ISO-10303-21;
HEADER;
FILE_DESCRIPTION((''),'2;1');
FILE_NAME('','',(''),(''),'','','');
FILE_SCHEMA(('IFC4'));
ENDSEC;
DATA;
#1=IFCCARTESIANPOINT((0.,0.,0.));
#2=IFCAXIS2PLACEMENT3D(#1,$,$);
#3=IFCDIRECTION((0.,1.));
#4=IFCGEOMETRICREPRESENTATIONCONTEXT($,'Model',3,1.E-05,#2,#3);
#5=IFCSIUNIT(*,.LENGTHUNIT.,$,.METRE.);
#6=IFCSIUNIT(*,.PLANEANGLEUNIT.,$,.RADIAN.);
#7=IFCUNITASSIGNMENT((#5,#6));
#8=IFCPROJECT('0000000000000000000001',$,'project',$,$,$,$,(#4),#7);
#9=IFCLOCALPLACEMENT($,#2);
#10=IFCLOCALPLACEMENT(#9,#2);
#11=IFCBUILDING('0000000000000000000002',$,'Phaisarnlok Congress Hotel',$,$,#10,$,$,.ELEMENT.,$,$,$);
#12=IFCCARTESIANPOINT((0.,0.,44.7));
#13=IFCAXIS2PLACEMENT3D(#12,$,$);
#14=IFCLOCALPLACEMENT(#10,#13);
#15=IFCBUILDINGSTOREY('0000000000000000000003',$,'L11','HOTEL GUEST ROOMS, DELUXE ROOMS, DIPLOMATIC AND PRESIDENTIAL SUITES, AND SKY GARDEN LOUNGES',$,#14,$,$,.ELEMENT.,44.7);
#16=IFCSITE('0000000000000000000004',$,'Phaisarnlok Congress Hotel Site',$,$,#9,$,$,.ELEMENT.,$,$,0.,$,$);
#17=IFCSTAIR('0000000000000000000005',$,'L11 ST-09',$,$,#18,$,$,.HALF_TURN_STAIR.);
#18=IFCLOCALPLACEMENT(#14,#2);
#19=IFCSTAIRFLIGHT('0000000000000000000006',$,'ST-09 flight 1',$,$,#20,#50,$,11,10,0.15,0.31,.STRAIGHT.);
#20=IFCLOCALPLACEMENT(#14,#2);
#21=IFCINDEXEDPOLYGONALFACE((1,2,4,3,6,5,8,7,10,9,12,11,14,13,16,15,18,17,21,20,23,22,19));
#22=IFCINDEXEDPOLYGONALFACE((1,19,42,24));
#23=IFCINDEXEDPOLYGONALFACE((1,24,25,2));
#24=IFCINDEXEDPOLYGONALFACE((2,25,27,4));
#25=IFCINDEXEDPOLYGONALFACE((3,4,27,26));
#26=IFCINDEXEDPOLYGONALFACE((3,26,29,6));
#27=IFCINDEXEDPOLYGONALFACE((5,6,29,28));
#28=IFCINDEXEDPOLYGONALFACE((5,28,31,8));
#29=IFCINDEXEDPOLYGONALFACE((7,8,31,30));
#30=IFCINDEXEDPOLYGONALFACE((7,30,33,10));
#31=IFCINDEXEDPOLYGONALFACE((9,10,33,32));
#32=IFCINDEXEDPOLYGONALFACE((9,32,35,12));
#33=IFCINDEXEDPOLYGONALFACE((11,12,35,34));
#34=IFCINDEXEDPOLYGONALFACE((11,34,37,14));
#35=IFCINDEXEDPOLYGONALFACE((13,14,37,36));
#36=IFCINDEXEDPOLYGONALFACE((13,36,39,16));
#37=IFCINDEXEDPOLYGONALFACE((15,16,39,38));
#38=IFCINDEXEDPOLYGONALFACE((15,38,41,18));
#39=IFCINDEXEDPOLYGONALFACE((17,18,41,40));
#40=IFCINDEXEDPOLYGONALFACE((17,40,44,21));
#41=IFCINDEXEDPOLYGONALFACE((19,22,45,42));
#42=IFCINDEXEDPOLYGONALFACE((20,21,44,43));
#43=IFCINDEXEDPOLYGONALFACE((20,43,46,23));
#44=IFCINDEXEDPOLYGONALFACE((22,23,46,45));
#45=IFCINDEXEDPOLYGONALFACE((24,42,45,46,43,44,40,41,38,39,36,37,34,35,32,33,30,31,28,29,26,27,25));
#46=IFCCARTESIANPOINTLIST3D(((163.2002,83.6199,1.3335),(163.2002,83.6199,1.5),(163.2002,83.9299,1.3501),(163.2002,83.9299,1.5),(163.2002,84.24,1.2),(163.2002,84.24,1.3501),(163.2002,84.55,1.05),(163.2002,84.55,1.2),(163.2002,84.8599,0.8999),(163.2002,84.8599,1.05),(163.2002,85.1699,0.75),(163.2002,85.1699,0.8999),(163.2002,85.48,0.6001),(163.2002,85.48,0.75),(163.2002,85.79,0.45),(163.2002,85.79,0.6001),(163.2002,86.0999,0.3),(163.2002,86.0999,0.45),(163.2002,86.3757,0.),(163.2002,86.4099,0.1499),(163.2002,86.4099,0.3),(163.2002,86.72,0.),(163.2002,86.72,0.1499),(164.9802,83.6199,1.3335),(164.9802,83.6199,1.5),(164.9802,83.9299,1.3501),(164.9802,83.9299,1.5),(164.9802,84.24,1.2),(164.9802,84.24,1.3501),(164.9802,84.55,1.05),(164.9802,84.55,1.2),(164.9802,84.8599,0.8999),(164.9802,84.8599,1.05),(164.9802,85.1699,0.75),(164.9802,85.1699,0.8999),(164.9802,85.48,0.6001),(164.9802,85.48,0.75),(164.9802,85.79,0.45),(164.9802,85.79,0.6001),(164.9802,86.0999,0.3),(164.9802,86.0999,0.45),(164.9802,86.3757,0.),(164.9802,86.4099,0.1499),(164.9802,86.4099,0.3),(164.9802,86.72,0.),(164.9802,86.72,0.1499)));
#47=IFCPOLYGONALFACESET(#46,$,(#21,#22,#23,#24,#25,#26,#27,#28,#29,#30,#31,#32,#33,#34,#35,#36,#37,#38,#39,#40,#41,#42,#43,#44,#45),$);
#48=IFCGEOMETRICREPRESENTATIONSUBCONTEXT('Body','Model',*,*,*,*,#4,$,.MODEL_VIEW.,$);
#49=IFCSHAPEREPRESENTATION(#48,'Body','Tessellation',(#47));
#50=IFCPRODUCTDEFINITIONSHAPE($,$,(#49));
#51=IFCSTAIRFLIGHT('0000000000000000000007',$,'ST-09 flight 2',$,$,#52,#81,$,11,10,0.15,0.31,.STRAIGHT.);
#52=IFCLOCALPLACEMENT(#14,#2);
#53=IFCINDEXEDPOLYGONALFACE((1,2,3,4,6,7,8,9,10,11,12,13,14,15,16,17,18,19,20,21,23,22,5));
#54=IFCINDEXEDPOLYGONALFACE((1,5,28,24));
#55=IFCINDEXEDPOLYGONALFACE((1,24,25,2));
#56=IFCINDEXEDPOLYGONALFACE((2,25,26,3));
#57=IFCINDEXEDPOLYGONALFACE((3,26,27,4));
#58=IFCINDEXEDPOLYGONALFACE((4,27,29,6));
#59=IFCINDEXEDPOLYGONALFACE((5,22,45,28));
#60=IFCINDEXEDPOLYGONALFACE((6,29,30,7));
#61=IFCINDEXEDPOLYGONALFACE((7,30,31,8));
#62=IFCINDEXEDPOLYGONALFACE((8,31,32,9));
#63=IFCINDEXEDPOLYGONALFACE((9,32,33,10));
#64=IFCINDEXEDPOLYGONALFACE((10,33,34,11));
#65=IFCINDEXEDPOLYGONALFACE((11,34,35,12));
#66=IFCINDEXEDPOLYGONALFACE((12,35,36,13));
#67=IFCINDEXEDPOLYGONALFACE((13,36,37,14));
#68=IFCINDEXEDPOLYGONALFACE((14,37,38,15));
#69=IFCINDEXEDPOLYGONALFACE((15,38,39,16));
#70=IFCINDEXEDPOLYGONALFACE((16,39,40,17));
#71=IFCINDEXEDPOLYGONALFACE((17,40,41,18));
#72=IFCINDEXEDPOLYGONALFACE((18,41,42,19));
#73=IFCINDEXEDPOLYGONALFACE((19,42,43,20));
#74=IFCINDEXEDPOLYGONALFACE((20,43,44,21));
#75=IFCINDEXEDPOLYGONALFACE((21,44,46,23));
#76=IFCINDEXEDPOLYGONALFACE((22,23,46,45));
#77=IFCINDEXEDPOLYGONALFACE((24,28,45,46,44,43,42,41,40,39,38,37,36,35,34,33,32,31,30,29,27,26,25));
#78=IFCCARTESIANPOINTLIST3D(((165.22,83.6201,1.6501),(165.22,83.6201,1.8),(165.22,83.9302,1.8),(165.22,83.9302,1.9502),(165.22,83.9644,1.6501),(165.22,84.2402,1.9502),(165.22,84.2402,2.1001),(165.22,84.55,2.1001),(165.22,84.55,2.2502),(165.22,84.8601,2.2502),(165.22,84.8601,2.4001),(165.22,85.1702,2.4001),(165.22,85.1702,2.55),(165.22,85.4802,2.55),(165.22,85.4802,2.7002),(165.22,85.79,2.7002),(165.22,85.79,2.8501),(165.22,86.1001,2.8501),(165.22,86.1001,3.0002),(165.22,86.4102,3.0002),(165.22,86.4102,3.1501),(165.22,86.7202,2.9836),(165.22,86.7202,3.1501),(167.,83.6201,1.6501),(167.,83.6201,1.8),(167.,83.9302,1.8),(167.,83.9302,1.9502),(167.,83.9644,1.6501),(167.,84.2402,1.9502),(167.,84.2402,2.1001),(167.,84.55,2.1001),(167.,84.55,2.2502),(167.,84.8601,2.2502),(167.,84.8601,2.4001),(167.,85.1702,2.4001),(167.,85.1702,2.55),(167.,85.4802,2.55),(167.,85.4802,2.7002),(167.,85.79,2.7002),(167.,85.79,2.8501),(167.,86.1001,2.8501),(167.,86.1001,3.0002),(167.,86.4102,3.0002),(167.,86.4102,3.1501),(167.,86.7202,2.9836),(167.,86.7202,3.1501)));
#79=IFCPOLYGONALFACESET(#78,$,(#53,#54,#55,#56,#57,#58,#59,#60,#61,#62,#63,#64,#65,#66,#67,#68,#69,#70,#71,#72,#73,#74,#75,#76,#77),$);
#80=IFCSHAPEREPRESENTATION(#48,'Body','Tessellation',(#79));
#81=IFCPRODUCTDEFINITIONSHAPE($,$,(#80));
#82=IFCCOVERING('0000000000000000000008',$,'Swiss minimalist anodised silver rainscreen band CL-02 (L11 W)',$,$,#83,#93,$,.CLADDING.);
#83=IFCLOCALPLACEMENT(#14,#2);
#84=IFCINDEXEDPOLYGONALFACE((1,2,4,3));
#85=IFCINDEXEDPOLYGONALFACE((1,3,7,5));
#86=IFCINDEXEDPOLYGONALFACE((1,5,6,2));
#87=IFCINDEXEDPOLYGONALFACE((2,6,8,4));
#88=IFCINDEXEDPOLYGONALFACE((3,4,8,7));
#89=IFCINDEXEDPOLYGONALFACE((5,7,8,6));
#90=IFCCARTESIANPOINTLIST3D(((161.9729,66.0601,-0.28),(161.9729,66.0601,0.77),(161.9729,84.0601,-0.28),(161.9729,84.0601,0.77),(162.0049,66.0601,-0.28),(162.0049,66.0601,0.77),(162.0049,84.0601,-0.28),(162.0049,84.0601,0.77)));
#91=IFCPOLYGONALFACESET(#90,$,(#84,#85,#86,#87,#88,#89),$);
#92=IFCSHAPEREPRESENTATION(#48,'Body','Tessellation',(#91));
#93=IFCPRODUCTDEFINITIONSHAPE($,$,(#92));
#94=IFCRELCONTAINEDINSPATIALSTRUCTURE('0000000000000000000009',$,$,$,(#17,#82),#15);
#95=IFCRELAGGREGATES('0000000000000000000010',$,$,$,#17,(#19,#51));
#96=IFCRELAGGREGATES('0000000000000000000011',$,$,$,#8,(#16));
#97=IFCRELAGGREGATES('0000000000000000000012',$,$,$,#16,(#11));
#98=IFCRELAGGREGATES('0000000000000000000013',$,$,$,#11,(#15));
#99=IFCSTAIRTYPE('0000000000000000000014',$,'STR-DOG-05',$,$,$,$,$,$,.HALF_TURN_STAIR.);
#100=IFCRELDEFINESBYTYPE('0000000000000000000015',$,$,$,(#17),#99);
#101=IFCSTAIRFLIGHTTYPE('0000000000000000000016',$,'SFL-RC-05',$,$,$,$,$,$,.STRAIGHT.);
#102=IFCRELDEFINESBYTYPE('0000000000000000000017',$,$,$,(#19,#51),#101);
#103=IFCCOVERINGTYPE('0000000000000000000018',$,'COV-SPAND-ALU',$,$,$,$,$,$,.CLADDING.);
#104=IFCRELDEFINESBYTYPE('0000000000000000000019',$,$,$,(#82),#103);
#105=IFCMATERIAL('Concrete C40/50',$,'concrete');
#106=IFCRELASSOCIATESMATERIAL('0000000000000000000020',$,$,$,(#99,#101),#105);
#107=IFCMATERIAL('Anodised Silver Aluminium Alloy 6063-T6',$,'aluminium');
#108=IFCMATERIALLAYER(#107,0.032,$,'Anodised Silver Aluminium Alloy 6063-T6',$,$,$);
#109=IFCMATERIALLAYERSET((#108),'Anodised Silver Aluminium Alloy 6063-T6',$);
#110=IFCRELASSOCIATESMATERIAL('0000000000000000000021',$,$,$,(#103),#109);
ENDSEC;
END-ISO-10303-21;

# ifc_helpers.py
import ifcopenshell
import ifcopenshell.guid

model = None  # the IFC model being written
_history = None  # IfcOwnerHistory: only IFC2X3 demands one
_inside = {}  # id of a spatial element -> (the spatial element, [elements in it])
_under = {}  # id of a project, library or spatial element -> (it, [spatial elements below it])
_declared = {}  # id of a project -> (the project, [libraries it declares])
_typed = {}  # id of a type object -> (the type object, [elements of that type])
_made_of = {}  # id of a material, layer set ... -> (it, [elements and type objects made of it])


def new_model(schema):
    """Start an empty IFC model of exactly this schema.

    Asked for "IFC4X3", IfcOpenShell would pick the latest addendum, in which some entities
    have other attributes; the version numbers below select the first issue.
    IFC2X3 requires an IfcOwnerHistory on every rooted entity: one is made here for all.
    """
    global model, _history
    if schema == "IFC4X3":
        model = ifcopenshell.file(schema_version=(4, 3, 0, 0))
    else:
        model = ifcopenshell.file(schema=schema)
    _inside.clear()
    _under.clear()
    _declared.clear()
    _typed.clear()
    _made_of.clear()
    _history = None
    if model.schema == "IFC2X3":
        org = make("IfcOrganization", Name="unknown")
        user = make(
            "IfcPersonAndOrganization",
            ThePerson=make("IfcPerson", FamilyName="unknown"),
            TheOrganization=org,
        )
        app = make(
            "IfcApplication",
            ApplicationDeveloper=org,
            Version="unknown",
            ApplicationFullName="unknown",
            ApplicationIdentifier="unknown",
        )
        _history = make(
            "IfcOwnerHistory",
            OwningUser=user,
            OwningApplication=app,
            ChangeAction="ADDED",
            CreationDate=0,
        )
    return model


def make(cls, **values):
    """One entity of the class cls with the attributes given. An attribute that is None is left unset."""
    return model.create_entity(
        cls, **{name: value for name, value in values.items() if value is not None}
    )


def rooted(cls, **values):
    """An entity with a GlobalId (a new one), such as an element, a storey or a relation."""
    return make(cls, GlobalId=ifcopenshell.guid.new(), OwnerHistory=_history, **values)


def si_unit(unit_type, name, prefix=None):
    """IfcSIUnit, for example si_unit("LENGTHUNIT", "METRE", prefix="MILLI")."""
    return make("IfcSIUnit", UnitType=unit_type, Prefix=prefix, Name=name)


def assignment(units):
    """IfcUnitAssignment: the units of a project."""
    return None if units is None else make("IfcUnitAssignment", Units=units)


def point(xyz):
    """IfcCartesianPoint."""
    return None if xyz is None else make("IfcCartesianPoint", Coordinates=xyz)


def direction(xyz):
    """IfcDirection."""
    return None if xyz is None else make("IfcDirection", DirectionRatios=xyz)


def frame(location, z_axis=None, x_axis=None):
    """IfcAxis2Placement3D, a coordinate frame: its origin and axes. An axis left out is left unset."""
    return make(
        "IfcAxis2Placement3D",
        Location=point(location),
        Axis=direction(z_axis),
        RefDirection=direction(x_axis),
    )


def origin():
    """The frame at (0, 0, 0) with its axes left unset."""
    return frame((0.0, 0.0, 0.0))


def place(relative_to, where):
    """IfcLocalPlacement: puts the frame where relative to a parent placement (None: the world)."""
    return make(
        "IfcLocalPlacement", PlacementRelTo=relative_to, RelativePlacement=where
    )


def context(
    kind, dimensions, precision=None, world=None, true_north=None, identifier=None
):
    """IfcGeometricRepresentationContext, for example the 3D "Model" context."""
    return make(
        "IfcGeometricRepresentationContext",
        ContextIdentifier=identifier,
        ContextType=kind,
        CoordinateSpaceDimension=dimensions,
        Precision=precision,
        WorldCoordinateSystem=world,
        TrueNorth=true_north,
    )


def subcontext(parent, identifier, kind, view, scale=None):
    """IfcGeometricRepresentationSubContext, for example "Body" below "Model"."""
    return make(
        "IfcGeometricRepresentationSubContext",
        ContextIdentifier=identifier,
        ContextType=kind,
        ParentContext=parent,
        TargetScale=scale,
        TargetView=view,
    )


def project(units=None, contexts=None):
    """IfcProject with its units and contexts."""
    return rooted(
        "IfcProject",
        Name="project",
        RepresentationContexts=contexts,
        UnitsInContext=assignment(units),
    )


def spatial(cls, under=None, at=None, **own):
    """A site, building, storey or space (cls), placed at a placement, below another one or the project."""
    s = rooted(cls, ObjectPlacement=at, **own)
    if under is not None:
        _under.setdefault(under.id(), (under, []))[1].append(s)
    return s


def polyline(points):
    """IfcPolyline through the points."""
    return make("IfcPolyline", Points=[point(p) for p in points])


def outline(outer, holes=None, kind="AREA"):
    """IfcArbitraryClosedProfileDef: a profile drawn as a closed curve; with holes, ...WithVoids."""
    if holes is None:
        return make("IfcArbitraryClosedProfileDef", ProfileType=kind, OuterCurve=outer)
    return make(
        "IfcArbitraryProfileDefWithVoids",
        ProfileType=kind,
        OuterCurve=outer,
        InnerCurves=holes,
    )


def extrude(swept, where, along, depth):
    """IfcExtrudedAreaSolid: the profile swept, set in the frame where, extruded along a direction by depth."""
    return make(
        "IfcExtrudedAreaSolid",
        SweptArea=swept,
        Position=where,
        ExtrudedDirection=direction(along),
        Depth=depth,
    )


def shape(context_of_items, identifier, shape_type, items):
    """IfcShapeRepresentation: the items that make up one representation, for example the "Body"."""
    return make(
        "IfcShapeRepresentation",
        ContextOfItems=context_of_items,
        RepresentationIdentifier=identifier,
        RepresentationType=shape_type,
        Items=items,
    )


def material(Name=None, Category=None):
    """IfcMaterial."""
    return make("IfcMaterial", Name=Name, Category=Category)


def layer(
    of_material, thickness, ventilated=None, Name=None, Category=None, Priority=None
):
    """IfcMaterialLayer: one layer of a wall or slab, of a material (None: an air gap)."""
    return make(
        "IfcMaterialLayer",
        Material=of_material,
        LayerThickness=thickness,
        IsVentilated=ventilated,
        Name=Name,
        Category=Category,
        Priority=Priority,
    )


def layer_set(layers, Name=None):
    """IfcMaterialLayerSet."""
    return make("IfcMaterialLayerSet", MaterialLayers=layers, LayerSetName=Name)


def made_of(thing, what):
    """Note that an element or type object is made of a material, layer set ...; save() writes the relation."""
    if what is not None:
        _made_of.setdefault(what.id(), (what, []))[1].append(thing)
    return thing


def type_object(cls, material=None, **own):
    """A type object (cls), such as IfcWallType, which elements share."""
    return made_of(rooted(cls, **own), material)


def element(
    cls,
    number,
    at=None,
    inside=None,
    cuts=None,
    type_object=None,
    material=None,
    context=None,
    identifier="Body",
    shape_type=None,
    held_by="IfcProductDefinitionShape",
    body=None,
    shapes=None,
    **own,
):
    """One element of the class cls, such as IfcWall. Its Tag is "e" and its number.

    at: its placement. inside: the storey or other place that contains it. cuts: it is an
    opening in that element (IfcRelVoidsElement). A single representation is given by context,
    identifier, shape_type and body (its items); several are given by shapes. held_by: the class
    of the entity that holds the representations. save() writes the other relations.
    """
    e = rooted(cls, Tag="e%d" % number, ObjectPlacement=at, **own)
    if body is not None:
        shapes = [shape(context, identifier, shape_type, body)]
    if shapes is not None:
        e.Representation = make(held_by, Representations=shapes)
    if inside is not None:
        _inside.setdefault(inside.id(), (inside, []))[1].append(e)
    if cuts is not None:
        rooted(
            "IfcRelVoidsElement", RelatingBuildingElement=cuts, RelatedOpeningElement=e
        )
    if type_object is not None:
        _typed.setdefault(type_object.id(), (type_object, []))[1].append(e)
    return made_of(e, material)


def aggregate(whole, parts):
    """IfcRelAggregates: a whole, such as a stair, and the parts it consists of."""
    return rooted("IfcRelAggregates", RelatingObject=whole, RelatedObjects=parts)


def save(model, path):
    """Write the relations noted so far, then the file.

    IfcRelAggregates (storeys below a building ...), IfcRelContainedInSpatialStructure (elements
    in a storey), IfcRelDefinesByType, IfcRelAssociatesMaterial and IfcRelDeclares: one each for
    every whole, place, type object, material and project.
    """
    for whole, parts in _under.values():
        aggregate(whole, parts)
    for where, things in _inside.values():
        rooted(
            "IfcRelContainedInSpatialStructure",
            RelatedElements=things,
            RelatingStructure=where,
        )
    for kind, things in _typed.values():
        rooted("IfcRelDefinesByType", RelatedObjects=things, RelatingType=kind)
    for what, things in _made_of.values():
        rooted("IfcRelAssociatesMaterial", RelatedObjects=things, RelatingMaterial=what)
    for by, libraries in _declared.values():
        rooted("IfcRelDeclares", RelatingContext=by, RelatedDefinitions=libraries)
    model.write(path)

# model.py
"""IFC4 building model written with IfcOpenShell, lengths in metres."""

from ifc_helpers import new_model, si_unit, direction, frame, origin, place, context, subcontext, project, spatial, polyline, outline, extrude, material, layer, layer_set, type_object, element, aggregate, save


model = new_model("IFC4")

# Units and contexts
model_context = context("Model", 3, precision=1e-05, world=origin(), true_north=direction((0.0, 1.0)))
body_context = subcontext(model_context, "Body", "Model", "MODEL_VIEW")
ifc_project = project(units=[si_unit("LENGTHUNIT", "METRE"), si_unit("PLANEANGLEUNIT", "RADIAN")], contexts=[model_context])

# Site, building, storey
site_placement = place(None, origin())
site = spatial("IfcSite", under=ifc_project, at=site_placement, Name="Phaisarnlok Congress Hotel Site", CompositionType="ELEMENT", RefElevation=0.0)
building_placement = place(site_placement, origin())
building = spatial("IfcBuilding", under=site, at=building_placement, Name="Phaisarnlok Congress Hotel", CompositionType="ELEMENT")
storey_placement = place(building_placement, frame((0.0, 0.0, 44.7)))
storey = spatial("IfcBuildingStorey", under=building, at=storey_placement, Name="L11", Description="HOTEL GUEST ROOMS, DELUXE ROOMS, DIPLOMATIC AND PRESIDENTIAL SUITES, AND SKY GARDEN LOUNGES", CompositionType="ELEMENT", Elevation=44.7)

# Shared definitions
ifc_material_1 = material(Name="Concrete C40/50", Category="concrete")

# Stair, stair flights
stair_type = type_object("IfcStairType", Name="STR-DOG-05", PredefinedType="HALF_TURN_STAIR", material=ifc_material_1)
stair_placement = place(storey_placement, origin())
stair = element("IfcStair", 1, at=stair_placement, inside=storey, type_object=stair_type, Name="L11 ST-09", PredefinedType="HALF_TURN_STAIR")
stair_flight_type = type_object("IfcStairFlightType", Name="SFL-RC-05", PredefinedType="STRAIGHT", material=ifc_material_1)
stair_flight_1_placement = place(storey_placement, frame((164.0901, 86.72, 0.0), z_axis=(0.0, 0.0, 1.0), x_axis=(0.0, -1.0, 0.0)))
stair_flight_1 = element("IfcStairFlight", 2, at=stair_flight_1_placement, type_object=stair_flight_type, Name="ST-09 flight 1", NumberOfRisers=11, NumberOfTreads=10, PredefinedType="STRAIGHT", RiserHeight=0.15, TreadLength=0.31, context=body_context, shape_type="SweptSolid", body=[
    extrude(outline(polyline([(0.0, 0.0), (0.0, 0.1499), (0.3101, 0.1499), (0.3101, 0.3), (0.6201, 0.3), (0.6201, 0.45), (0.9299, 0.45), (0.9299, 0.6001), (1.24, 0.6001), (1.24, 0.75), (1.55, 0.75), (1.55, 0.8999), (1.8601, 0.8999), (1.8601, 1.05), (2.1699, 1.05), (2.1699, 1.2), (2.48, 1.2), (2.48, 1.3501), (2.79, 1.3501), (2.79, 1.5), (3.1001, 1.5), (3.1001, 1.6499), (3.1001, 1.3335), (0.3442, 0.0), (0.0, 0.0)])), frame((0.0, 0.8901, 0.0), z_axis=(0.0, -1.0, 0.0), x_axis=(1.0, 0.0, 0.0)), (0.0, 0.0, 1.0), 1.78),
])
stair_flight_2_placement = place(storey_placement, frame((166.1101, 83.6201, 1.6501), z_axis=(0.0, 0.0, 1.0), x_axis=(0.0, 1.0, 0.0)))
stair_flight_2 = element("IfcStairFlight", 3, at=stair_flight_2_placement, type_object=stair_flight_type, Name="ST-09 flight 2", NumberOfRisers=11, NumberOfTreads=10, PredefinedType="STRAIGHT", RiserHeight=0.15, TreadLength=0.31, context=body_context, shape_type="SweptSolid", body=[
    extrude(outline(polyline([(0.0, 0.0), (0.0, 0.1499), (0.3101, 0.1499), (0.3101, 0.3), (0.6201, 0.3), (0.6201, 0.45), (0.9299, 0.45), (0.9299, 0.6001), (1.24, 0.6001), (1.24, 0.75), (1.55, 0.75), (1.55, 0.8999), (1.8601, 0.8999), (1.8601, 1.05), (2.1699, 1.05), (2.1699, 1.2), (2.48, 1.2), (2.48, 1.3501), (2.79, 1.3501), (2.79, 1.5), (3.1001, 1.5), (3.1001, 1.6499), (3.1001, 1.3335), (0.3442, 0.0), (0.0, 0.0)])), frame((0.0, 0.8901, 0.0), z_axis=(0.0, -1.0, 0.0), x_axis=(1.0, 0.0, 0.0)), (0.0, 0.0, 1.0), 1.78),
])
aggregate(stair, [stair_flight_1, stair_flight_2])

# Covering
ifc_material_2 = material(Name="Anodised Silver Aluminium Alloy 6063-T6", Category="aluminium")
ifc_layer_1 = layer(ifc_material_2, 0.032, Name="Anodised Silver Aluminium Alloy 6063-T6")
ifc_layer_set_1 = layer_set([ifc_layer_1], Name="Anodised Silver Aluminium Alloy 6063-T6")
covering_type = type_object("IfcCoveringType", Name="COV-SPAND-ALU", PredefinedType="CLADDING", material=ifc_layer_set_1)
covering_placement = place(storey_placement, frame((162.0049, 84.0601, -0.28), z_axis=(-1.0, 0.0, 0.0), x_axis=(0.0, -1.0, 0.0)))
element("IfcCovering", 4, at=covering_placement, inside=storey, type_object=covering_type, Name="Swiss minimalist anodised silver rainscreen band CL-02 (L11 W)", PredefinedType="CLADDING", context=body_context, shape_type="SweptSolid", body=[
    extrude(outline(polyline([(0.0, 0.0), (18.0, 0.0), (18.0, 1.05), (0.0, 1.05), (0.0, 0.0)])), origin(), (0.0, 0.0, 1.0), 0.032),
])

save(model, "model.ifc")
